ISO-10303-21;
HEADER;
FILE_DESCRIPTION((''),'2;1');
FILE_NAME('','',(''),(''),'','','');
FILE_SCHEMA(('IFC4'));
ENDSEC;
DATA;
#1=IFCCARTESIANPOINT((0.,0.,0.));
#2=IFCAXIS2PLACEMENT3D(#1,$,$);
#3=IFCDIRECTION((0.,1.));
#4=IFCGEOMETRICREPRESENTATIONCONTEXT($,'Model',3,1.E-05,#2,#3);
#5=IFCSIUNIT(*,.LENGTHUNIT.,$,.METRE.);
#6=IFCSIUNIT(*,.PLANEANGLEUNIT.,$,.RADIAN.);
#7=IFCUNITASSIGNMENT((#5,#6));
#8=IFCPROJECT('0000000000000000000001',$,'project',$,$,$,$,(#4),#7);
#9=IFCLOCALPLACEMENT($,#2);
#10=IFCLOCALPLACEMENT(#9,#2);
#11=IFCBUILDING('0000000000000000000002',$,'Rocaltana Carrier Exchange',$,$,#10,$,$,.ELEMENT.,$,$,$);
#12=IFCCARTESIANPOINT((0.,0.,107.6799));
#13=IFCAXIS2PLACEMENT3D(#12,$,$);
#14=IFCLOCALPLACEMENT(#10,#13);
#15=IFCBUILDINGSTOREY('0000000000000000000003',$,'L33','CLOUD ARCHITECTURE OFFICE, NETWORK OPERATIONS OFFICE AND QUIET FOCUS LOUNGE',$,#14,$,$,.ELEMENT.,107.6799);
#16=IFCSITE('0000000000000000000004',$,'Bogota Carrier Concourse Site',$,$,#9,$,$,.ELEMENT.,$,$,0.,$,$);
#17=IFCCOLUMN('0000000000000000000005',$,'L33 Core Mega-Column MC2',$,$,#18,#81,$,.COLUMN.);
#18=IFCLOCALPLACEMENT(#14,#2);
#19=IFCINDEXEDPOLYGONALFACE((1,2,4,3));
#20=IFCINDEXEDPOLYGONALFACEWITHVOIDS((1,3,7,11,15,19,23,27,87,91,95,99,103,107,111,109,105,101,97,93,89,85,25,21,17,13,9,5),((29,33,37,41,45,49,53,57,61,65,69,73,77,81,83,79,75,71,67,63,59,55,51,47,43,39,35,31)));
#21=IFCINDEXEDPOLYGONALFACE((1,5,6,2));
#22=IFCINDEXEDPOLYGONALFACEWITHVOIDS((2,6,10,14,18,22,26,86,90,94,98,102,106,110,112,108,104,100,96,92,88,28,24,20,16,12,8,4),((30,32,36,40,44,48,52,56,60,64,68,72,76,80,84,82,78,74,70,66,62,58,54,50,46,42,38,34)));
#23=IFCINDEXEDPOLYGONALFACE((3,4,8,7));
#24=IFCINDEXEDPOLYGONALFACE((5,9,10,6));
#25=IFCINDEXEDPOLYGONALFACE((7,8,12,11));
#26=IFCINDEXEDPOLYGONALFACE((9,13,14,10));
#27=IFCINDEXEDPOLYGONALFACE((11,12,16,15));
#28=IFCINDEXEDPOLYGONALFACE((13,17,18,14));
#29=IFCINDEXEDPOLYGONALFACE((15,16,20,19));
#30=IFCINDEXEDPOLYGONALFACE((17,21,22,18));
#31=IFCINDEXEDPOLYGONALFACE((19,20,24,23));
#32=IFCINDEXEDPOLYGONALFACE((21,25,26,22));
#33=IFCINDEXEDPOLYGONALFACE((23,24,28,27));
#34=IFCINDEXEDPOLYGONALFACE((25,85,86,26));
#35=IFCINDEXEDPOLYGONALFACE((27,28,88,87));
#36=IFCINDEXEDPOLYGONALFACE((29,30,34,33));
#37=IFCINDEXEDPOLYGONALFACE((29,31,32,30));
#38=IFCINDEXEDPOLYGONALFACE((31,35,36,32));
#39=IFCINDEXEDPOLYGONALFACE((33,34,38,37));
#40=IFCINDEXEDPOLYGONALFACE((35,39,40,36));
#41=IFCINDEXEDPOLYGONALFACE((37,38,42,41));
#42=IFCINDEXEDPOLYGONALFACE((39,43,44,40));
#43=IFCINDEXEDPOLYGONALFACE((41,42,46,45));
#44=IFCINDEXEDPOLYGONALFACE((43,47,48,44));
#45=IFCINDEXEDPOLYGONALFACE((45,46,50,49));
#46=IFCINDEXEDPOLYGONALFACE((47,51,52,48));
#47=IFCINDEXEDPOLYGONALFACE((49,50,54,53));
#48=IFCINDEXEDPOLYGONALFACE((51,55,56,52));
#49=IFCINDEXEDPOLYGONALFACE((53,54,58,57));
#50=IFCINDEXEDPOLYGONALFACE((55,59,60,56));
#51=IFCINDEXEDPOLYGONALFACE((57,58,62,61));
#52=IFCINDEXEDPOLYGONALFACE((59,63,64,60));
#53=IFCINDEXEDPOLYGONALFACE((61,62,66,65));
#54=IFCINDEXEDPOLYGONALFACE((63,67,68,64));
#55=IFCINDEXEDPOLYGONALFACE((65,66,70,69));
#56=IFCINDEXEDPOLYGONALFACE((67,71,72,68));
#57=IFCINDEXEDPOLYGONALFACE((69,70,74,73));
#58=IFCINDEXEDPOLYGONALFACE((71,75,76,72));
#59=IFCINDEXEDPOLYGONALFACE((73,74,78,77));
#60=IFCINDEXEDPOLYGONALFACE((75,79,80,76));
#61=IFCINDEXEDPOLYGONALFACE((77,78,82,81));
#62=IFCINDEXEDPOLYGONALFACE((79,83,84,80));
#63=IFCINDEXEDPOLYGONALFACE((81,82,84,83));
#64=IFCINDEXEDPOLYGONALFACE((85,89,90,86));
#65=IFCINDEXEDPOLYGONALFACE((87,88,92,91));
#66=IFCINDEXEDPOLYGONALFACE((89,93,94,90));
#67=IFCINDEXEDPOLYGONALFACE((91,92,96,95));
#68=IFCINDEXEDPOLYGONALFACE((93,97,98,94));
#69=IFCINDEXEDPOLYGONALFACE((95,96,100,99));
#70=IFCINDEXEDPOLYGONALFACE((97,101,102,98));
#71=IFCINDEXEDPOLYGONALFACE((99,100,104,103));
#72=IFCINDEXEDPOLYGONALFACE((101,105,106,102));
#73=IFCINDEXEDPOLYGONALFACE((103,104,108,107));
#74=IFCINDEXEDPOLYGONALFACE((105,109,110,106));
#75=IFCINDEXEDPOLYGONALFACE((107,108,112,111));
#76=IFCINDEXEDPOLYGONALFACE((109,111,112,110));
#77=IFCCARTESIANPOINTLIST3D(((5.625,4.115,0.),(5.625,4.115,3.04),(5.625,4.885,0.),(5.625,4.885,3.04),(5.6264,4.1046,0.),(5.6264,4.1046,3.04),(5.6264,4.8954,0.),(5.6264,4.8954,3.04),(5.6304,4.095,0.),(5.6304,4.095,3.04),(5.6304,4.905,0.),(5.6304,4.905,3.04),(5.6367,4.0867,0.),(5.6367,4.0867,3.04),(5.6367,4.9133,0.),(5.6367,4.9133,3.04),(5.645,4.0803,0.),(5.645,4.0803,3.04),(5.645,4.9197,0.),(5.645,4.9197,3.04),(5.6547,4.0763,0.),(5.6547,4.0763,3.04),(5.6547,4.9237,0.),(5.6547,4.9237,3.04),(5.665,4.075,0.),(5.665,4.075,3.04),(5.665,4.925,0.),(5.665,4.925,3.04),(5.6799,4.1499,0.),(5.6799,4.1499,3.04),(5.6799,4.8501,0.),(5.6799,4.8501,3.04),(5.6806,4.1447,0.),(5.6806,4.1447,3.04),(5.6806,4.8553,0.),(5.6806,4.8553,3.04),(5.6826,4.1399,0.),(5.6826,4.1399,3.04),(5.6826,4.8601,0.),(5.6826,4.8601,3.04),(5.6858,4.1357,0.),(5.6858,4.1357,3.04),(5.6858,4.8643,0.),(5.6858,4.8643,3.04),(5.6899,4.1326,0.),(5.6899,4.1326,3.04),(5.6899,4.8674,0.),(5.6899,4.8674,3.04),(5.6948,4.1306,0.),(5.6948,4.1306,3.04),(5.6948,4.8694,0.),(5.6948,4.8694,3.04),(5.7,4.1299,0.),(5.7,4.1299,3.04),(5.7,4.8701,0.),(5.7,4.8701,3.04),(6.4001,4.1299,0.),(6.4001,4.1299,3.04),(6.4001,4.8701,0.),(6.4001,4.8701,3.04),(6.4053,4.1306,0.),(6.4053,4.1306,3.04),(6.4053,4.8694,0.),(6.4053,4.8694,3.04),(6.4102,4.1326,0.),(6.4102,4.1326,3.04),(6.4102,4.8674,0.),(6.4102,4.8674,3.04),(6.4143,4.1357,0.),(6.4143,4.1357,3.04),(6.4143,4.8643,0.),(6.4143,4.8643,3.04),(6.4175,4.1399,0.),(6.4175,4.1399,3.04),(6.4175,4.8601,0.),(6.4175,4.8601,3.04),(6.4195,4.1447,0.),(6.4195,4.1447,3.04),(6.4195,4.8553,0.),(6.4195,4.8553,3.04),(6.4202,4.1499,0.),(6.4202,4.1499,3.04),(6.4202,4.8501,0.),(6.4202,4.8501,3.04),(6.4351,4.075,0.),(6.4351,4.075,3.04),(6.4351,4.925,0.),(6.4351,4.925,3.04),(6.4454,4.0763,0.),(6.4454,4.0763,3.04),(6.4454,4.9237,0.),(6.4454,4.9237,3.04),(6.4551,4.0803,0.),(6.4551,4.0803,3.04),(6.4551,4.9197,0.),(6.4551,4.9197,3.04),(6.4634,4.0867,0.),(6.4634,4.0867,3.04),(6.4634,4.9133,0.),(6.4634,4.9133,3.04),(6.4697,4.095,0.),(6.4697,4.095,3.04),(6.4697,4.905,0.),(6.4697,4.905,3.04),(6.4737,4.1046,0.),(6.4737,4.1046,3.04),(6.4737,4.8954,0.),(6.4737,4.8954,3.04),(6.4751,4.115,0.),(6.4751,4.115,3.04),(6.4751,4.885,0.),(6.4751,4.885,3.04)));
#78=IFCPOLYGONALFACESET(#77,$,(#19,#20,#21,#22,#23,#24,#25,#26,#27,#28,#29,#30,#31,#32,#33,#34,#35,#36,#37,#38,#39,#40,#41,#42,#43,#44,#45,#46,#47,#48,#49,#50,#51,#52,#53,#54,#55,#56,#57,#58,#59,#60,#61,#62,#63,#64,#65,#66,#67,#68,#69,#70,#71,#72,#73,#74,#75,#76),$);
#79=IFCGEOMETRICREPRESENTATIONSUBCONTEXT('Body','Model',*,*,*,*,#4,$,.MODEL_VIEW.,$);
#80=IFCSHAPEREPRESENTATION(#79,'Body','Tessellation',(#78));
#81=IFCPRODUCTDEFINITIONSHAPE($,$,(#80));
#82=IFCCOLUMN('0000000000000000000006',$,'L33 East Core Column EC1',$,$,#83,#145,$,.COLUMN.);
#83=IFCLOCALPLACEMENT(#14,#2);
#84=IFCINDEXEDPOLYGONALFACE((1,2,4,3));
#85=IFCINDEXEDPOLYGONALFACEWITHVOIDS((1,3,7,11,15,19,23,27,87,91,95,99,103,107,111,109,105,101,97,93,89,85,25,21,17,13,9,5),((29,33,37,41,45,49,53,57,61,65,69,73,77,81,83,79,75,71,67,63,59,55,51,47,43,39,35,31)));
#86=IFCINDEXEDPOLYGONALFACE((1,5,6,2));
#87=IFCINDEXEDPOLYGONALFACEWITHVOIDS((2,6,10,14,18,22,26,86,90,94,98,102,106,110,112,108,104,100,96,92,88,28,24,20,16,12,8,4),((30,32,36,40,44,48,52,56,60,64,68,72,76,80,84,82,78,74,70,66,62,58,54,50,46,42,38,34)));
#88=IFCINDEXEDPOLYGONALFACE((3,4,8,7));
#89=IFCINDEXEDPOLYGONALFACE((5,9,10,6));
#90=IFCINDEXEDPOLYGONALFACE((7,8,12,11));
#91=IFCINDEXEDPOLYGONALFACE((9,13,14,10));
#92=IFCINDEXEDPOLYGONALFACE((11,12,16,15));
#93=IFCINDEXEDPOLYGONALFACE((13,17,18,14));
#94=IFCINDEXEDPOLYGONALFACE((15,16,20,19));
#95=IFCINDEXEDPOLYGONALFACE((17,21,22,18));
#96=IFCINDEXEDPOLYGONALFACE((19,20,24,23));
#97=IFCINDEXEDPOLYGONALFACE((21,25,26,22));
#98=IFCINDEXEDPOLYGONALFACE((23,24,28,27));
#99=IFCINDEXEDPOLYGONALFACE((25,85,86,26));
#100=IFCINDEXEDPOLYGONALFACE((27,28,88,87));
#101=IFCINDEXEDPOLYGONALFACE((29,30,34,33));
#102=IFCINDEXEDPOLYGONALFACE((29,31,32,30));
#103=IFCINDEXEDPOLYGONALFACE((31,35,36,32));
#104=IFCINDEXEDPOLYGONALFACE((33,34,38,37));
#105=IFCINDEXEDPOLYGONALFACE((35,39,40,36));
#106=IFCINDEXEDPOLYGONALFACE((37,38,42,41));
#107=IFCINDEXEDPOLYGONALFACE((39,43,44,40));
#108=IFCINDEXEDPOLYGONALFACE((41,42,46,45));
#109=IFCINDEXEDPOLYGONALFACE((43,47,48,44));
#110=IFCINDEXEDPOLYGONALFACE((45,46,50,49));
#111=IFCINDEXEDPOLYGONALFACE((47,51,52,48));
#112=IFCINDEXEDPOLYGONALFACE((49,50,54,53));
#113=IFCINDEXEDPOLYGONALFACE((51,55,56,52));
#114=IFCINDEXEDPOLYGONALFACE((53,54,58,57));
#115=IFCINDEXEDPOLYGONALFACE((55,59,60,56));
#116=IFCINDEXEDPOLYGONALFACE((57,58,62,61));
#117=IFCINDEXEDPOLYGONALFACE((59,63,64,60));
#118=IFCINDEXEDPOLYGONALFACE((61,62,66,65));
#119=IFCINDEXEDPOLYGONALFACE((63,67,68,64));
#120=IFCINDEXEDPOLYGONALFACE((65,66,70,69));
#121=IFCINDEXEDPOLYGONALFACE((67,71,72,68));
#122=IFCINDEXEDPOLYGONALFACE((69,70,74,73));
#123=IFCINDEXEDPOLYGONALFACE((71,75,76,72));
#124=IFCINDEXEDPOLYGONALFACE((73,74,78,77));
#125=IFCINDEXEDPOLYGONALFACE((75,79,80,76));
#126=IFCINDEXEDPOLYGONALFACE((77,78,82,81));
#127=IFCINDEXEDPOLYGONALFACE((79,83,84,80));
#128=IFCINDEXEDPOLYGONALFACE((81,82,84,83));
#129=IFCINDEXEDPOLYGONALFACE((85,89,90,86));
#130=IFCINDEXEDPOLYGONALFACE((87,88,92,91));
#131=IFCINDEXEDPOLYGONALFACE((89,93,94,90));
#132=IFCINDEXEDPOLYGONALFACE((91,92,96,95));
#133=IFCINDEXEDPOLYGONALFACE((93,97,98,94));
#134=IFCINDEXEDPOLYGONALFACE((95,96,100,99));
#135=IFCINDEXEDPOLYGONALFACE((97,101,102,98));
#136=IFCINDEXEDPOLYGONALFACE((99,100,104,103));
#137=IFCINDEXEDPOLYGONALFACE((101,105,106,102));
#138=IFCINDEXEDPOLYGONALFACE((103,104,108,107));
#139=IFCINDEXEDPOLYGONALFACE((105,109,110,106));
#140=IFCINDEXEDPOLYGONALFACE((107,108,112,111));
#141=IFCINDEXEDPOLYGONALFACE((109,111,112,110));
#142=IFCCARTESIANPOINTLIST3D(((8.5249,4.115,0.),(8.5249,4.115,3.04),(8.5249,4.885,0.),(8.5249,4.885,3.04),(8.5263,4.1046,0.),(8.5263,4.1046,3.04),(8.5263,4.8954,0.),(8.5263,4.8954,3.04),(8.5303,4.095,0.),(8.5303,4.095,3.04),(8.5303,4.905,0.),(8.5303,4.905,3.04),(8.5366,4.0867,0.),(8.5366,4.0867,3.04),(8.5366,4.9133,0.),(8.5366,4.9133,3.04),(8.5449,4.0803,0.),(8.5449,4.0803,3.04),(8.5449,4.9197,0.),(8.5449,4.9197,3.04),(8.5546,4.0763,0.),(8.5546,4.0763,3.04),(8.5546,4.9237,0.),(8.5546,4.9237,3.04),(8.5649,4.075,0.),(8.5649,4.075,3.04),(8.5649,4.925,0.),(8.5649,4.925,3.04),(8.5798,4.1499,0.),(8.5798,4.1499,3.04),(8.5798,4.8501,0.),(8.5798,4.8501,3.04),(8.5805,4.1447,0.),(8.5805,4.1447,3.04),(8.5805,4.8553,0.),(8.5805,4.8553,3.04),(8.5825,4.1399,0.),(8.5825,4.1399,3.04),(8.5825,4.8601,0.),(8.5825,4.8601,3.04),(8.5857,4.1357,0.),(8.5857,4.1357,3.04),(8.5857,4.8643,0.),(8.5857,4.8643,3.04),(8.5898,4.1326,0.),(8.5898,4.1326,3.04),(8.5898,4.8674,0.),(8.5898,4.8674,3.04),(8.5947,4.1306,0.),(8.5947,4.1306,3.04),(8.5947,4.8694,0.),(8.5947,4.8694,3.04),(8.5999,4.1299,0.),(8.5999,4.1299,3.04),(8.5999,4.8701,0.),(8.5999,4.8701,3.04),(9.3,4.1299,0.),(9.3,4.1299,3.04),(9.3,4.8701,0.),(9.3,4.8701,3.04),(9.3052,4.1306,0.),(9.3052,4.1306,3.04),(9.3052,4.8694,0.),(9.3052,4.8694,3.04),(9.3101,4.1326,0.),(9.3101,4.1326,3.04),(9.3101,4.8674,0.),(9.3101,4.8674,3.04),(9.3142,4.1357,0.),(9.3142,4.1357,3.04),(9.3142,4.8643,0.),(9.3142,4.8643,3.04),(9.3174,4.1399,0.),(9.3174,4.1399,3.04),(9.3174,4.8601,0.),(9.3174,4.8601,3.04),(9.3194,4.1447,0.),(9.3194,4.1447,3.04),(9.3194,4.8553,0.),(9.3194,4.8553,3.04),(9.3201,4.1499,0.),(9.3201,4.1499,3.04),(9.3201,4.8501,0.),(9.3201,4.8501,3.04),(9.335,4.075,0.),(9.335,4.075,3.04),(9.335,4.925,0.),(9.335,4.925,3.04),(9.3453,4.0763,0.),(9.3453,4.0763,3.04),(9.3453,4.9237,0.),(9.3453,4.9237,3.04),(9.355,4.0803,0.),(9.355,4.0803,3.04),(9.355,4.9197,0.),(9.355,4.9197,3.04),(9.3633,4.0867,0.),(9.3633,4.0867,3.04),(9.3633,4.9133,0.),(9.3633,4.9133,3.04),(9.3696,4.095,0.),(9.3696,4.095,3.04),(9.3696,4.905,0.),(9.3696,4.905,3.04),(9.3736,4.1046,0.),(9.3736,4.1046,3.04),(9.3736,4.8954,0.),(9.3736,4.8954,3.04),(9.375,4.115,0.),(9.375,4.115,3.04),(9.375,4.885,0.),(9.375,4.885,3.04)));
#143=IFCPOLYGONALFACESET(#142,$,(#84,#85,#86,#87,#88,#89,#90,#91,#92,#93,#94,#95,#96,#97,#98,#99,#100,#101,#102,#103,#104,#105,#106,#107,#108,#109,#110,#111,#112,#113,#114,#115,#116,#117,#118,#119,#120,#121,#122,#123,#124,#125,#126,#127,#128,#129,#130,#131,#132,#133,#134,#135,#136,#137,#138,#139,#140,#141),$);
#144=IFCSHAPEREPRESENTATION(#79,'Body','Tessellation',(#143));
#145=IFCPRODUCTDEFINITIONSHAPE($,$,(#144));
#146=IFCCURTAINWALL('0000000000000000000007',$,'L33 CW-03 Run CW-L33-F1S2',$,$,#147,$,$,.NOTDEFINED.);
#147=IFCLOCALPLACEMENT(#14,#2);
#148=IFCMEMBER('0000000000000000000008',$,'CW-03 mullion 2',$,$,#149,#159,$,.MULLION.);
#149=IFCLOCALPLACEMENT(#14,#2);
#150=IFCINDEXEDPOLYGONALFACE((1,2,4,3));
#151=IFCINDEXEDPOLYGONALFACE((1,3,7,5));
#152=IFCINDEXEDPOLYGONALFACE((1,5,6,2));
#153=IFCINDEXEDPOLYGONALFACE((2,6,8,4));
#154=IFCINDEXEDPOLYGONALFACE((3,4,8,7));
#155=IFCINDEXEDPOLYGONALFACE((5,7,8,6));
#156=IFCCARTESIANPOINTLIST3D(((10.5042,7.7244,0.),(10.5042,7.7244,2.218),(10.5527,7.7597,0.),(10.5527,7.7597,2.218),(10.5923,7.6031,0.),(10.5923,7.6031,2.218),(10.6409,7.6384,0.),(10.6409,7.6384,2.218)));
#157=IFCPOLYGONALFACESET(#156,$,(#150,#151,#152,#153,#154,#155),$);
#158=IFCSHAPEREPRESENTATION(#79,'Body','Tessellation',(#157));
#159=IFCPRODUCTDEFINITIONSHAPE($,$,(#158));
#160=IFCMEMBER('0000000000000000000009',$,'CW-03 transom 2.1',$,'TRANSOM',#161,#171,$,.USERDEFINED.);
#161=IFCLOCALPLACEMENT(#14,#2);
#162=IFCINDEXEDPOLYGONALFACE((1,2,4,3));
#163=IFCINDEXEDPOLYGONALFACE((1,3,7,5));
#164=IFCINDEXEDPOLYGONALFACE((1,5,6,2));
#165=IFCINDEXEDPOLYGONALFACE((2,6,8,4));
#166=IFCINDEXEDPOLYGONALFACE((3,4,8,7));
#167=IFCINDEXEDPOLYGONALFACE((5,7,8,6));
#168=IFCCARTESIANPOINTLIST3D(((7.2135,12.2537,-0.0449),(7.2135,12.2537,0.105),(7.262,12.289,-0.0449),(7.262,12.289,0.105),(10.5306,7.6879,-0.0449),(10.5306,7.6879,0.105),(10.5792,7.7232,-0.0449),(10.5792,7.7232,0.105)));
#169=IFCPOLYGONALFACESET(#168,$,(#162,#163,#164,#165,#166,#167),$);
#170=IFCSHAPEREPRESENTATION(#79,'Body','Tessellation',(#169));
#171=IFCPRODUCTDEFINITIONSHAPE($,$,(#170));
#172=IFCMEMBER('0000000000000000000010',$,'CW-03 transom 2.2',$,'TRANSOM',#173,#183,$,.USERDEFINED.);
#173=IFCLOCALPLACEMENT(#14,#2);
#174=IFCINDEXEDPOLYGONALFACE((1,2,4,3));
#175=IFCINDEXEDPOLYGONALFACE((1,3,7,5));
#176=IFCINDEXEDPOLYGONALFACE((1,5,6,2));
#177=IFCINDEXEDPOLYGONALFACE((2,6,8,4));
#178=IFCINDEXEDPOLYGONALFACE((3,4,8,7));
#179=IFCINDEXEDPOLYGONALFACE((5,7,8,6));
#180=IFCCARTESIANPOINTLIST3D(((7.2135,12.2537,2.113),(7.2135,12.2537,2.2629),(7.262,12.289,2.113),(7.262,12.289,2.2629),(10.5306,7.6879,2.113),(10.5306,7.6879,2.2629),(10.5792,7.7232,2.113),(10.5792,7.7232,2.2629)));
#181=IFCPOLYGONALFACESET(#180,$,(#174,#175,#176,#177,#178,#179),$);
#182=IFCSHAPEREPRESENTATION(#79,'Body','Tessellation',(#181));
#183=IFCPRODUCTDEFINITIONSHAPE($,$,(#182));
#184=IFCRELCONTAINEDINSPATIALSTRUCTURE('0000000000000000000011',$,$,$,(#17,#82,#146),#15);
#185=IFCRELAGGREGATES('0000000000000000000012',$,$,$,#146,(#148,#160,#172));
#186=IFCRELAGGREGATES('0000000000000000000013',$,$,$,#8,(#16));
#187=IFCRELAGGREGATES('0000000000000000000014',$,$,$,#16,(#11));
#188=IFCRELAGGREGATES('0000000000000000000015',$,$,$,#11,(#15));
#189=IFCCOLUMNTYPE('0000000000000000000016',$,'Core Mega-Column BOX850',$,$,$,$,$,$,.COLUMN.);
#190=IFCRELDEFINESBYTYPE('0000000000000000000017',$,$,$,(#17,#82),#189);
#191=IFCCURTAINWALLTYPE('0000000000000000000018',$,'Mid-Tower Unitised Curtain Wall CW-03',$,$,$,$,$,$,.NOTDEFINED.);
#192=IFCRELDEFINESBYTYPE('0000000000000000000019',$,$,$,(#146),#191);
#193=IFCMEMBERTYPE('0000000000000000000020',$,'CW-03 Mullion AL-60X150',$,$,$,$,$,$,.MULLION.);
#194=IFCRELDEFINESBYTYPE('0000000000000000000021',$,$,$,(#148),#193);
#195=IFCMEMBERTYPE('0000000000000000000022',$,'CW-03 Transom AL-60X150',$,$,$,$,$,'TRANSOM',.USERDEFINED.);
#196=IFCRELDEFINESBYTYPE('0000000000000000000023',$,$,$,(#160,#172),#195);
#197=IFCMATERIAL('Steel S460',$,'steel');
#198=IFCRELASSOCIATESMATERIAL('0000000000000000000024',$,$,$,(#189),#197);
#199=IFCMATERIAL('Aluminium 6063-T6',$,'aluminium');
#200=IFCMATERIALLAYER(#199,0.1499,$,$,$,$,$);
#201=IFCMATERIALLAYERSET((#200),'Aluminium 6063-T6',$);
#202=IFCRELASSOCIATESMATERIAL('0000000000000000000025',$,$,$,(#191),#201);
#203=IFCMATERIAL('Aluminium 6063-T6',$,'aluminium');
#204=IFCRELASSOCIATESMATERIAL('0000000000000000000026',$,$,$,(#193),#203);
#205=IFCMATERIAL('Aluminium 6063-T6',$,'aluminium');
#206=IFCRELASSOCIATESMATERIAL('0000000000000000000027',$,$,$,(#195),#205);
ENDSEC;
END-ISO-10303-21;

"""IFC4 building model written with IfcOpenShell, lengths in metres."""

from ifc_helpers import new_model, si_unit, direction, frame, origin, origin_2d, place, context, subcontext, project, spatial, rectangle, hollow_rectangle, extrude, material, layer, layer_set, material_profile, profile_set, type_object, element, aggregate, save


model = new_model("IFC4")

# Units and contexts
model_context = context("Model", 3, precision=1e-05, world=origin(), true_north=direction((0.0, 1.0)))
body_context = subcontext(model_context, "Body", "Model", "MODEL_VIEW")
ifc_project = project(units=[si_unit("LENGTHUNIT", "METRE"), si_unit("PLANEANGLEUNIT", "RADIAN")], contexts=[model_context])

# Site, building, storey
site_placement = place(None, origin())
site = spatial("IfcSite", under=ifc_project, at=site_placement, Name="Bogota Carrier Concourse Site", CompositionType="ELEMENT", RefElevation=0.0)
building_placement = place(site_placement, origin())
building = spatial("IfcBuilding", under=site, at=building_placement, Name="Rocaltana Carrier Exchange", CompositionType="ELEMENT")
storey_placement = place(building_placement, frame((0.0, 0.0, 107.6799)))
storey = spatial("IfcBuildingStorey", under=building, at=storey_placement, Name="L33", Description="CLOUD ARCHITECTURE OFFICE, NETWORK OPERATIONS OFFICE AND QUIET FOCUS LOUNGE", CompositionType="ELEMENT", Elevation=107.6799)

# Columns
ifc_material_1 = material(Name="Steel S460", Category="steel")
ifc_material_profile_1 = material_profile(ifc_material_1, hollow_rectangle(XDim=0.8501, YDim=0.8501, WallThickness=0.0549, InnerFilletRadius=0.02, OuterFilletRadius=0.04, at=origin_2d()), Name="BOX850X850X55")
ifc_profile_set_1 = profile_set([ifc_material_profile_1], Name="Steel S460")
column_type = type_object("IfcColumnType", Name="Core Mega-Column BOX850", PredefinedType="COLUMN", material=ifc_profile_set_1)
for number, where, z_axis, x_axis, name in (
    (1, (6.05, 4.5, 0.0), (0.0, 0.0, 1.0), (1.0, 0.0, 0.0), "L33 Core Mega-Column MC2"),
    (2, (8.95, 4.5, 0.0), (0.0, 0.0, 1.0), (1.0, 0.0, 0.0), "L33 East Core Column EC1"),
):
    element("IfcColumn", number, at=place(storey_placement, frame(where, z_axis=z_axis, x_axis=x_axis)), inside=storey, type_object=column_type, Name=name, PredefinedType="COLUMN", context=body_context, shape_type="SweptSolid", body=[
        extrude(hollow_rectangle(XDim=0.8501, YDim=0.8501, WallThickness=0.0549, InnerFilletRadius=0.02, OuterFilletRadius=0.04, at=origin_2d()), origin(), (0.0, 0.0, 1.0), 3.04),
    ])

# Curtain wall, members
ifc_material_2 = material(Name="Aluminium 6063-T6", Category="aluminium")
ifc_layer_1 = layer(ifc_material_2, 0.1499)
ifc_layer_set_1 = layer_set([ifc_layer_1], Name="Aluminium 6063-T6")
curtain_wall_type = type_object("IfcCurtainWallType", Name="Mid-Tower Unitised Curtain Wall CW-03", PredefinedType="NOTDEFINED", material=ifc_layer_set_1)
curtain_wall_placement = place(storey_placement, origin())
curtain_wall = element("IfcCurtainWall", 3, at=curtain_wall_placement, inside=storey, type_object=curtain_wall_type, Name="L33 CW-03 Run CW-L33-F1S2", PredefinedType="NOTDEFINED")
ifc_material_3 = material(Name="Aluminium 6063-T6", Category="aluminium")
ifc_material_profile_2 = material_profile(ifc_material_3, rectangle(XDim=0.0601, YDim=0.1499, at=origin_2d()), Name="AL-60X150")
ifc_profile_set_2 = profile_set([ifc_material_profile_2], Name="Aluminium 6063-T6")
member_type_1 = type_object("IfcMemberType", Name="CW-03 Mullion AL-60X150", PredefinedType="MULLION", material=ifc_profile_set_2)
member_1_placement = place(storey_placement, frame((10.5725, 7.6814, 0.0), z_axis=(0.0, 0.0, 1.0), x_axis=(-0.809014, -0.58779, 0.0)))
member_1 = element("IfcMember", 4, at=member_1_placement, type_object=member_type_1, Name="CW-03 mullion 2", PredefinedType="MULLION", context=body_context, shape_type="SweptSolid", body=[
    extrude(rectangle(XDim=0.0601, YDim=0.1499, at=origin_2d()), origin(), (0.0, 0.0, 1.0), 2.218),
])
ifc_material_4 = material(Name="Aluminium 6063-T6", Category="aluminium")
ifc_material_profile_3 = material_profile(ifc_material_4, rectangle(XDim=0.0601, YDim=0.1499, at=origin_2d()), Name="AL-60X150")
ifc_profile_set_3 = profile_set([ifc_material_profile_3], Name="Aluminium 6063-T6")
member_type_2 = type_object("IfcMemberType", Name="CW-03 Transom AL-60X150", ElementType="TRANSOM", PredefinedType="USERDEFINED", material=ifc_profile_set_3)
member_2_placement = place(storey_placement, frame((10.5549, 7.7056, 0.03), z_axis=(-0.587783, 0.809018, 0.0), x_axis=(-0.809018, -0.587783, 0.0)))
member_2 = element("IfcMember", 5, at=member_2_placement, type_object=member_type_2, Name="CW-03 transom 2.1", ObjectType="TRANSOM", PredefinedType="USERDEFINED", context=body_context, shape_type="SweptSolid", body=[
    extrude(rectangle(XDim=0.0601, YDim=0.1499, at=origin_2d()), origin(), (0.0, 0.0, 1.0), 5.6436),
])
member_3_placement = place(storey_placement, frame((10.5549, 7.7056, 2.188), z_axis=(-0.587783, 0.809018, 0.0), x_axis=(-0.809018, -0.587783, 0.0)))
member_3 = element("IfcMember", 6, at=member_3_placement, type_object=member_type_2, Name="CW-03 transom 2.2", ObjectType="TRANSOM", PredefinedType="USERDEFINED", context=body_context, shape_type="SweptSolid", body=[
    extrude(rectangle(XDim=0.0601, YDim=0.1499, at=origin_2d()), origin(), (0.0, 0.0, 1.0), 5.6436),
])

aggregate(curtain_wall, [member_1, member_2, member_3])

save(model, "model.ifc")
